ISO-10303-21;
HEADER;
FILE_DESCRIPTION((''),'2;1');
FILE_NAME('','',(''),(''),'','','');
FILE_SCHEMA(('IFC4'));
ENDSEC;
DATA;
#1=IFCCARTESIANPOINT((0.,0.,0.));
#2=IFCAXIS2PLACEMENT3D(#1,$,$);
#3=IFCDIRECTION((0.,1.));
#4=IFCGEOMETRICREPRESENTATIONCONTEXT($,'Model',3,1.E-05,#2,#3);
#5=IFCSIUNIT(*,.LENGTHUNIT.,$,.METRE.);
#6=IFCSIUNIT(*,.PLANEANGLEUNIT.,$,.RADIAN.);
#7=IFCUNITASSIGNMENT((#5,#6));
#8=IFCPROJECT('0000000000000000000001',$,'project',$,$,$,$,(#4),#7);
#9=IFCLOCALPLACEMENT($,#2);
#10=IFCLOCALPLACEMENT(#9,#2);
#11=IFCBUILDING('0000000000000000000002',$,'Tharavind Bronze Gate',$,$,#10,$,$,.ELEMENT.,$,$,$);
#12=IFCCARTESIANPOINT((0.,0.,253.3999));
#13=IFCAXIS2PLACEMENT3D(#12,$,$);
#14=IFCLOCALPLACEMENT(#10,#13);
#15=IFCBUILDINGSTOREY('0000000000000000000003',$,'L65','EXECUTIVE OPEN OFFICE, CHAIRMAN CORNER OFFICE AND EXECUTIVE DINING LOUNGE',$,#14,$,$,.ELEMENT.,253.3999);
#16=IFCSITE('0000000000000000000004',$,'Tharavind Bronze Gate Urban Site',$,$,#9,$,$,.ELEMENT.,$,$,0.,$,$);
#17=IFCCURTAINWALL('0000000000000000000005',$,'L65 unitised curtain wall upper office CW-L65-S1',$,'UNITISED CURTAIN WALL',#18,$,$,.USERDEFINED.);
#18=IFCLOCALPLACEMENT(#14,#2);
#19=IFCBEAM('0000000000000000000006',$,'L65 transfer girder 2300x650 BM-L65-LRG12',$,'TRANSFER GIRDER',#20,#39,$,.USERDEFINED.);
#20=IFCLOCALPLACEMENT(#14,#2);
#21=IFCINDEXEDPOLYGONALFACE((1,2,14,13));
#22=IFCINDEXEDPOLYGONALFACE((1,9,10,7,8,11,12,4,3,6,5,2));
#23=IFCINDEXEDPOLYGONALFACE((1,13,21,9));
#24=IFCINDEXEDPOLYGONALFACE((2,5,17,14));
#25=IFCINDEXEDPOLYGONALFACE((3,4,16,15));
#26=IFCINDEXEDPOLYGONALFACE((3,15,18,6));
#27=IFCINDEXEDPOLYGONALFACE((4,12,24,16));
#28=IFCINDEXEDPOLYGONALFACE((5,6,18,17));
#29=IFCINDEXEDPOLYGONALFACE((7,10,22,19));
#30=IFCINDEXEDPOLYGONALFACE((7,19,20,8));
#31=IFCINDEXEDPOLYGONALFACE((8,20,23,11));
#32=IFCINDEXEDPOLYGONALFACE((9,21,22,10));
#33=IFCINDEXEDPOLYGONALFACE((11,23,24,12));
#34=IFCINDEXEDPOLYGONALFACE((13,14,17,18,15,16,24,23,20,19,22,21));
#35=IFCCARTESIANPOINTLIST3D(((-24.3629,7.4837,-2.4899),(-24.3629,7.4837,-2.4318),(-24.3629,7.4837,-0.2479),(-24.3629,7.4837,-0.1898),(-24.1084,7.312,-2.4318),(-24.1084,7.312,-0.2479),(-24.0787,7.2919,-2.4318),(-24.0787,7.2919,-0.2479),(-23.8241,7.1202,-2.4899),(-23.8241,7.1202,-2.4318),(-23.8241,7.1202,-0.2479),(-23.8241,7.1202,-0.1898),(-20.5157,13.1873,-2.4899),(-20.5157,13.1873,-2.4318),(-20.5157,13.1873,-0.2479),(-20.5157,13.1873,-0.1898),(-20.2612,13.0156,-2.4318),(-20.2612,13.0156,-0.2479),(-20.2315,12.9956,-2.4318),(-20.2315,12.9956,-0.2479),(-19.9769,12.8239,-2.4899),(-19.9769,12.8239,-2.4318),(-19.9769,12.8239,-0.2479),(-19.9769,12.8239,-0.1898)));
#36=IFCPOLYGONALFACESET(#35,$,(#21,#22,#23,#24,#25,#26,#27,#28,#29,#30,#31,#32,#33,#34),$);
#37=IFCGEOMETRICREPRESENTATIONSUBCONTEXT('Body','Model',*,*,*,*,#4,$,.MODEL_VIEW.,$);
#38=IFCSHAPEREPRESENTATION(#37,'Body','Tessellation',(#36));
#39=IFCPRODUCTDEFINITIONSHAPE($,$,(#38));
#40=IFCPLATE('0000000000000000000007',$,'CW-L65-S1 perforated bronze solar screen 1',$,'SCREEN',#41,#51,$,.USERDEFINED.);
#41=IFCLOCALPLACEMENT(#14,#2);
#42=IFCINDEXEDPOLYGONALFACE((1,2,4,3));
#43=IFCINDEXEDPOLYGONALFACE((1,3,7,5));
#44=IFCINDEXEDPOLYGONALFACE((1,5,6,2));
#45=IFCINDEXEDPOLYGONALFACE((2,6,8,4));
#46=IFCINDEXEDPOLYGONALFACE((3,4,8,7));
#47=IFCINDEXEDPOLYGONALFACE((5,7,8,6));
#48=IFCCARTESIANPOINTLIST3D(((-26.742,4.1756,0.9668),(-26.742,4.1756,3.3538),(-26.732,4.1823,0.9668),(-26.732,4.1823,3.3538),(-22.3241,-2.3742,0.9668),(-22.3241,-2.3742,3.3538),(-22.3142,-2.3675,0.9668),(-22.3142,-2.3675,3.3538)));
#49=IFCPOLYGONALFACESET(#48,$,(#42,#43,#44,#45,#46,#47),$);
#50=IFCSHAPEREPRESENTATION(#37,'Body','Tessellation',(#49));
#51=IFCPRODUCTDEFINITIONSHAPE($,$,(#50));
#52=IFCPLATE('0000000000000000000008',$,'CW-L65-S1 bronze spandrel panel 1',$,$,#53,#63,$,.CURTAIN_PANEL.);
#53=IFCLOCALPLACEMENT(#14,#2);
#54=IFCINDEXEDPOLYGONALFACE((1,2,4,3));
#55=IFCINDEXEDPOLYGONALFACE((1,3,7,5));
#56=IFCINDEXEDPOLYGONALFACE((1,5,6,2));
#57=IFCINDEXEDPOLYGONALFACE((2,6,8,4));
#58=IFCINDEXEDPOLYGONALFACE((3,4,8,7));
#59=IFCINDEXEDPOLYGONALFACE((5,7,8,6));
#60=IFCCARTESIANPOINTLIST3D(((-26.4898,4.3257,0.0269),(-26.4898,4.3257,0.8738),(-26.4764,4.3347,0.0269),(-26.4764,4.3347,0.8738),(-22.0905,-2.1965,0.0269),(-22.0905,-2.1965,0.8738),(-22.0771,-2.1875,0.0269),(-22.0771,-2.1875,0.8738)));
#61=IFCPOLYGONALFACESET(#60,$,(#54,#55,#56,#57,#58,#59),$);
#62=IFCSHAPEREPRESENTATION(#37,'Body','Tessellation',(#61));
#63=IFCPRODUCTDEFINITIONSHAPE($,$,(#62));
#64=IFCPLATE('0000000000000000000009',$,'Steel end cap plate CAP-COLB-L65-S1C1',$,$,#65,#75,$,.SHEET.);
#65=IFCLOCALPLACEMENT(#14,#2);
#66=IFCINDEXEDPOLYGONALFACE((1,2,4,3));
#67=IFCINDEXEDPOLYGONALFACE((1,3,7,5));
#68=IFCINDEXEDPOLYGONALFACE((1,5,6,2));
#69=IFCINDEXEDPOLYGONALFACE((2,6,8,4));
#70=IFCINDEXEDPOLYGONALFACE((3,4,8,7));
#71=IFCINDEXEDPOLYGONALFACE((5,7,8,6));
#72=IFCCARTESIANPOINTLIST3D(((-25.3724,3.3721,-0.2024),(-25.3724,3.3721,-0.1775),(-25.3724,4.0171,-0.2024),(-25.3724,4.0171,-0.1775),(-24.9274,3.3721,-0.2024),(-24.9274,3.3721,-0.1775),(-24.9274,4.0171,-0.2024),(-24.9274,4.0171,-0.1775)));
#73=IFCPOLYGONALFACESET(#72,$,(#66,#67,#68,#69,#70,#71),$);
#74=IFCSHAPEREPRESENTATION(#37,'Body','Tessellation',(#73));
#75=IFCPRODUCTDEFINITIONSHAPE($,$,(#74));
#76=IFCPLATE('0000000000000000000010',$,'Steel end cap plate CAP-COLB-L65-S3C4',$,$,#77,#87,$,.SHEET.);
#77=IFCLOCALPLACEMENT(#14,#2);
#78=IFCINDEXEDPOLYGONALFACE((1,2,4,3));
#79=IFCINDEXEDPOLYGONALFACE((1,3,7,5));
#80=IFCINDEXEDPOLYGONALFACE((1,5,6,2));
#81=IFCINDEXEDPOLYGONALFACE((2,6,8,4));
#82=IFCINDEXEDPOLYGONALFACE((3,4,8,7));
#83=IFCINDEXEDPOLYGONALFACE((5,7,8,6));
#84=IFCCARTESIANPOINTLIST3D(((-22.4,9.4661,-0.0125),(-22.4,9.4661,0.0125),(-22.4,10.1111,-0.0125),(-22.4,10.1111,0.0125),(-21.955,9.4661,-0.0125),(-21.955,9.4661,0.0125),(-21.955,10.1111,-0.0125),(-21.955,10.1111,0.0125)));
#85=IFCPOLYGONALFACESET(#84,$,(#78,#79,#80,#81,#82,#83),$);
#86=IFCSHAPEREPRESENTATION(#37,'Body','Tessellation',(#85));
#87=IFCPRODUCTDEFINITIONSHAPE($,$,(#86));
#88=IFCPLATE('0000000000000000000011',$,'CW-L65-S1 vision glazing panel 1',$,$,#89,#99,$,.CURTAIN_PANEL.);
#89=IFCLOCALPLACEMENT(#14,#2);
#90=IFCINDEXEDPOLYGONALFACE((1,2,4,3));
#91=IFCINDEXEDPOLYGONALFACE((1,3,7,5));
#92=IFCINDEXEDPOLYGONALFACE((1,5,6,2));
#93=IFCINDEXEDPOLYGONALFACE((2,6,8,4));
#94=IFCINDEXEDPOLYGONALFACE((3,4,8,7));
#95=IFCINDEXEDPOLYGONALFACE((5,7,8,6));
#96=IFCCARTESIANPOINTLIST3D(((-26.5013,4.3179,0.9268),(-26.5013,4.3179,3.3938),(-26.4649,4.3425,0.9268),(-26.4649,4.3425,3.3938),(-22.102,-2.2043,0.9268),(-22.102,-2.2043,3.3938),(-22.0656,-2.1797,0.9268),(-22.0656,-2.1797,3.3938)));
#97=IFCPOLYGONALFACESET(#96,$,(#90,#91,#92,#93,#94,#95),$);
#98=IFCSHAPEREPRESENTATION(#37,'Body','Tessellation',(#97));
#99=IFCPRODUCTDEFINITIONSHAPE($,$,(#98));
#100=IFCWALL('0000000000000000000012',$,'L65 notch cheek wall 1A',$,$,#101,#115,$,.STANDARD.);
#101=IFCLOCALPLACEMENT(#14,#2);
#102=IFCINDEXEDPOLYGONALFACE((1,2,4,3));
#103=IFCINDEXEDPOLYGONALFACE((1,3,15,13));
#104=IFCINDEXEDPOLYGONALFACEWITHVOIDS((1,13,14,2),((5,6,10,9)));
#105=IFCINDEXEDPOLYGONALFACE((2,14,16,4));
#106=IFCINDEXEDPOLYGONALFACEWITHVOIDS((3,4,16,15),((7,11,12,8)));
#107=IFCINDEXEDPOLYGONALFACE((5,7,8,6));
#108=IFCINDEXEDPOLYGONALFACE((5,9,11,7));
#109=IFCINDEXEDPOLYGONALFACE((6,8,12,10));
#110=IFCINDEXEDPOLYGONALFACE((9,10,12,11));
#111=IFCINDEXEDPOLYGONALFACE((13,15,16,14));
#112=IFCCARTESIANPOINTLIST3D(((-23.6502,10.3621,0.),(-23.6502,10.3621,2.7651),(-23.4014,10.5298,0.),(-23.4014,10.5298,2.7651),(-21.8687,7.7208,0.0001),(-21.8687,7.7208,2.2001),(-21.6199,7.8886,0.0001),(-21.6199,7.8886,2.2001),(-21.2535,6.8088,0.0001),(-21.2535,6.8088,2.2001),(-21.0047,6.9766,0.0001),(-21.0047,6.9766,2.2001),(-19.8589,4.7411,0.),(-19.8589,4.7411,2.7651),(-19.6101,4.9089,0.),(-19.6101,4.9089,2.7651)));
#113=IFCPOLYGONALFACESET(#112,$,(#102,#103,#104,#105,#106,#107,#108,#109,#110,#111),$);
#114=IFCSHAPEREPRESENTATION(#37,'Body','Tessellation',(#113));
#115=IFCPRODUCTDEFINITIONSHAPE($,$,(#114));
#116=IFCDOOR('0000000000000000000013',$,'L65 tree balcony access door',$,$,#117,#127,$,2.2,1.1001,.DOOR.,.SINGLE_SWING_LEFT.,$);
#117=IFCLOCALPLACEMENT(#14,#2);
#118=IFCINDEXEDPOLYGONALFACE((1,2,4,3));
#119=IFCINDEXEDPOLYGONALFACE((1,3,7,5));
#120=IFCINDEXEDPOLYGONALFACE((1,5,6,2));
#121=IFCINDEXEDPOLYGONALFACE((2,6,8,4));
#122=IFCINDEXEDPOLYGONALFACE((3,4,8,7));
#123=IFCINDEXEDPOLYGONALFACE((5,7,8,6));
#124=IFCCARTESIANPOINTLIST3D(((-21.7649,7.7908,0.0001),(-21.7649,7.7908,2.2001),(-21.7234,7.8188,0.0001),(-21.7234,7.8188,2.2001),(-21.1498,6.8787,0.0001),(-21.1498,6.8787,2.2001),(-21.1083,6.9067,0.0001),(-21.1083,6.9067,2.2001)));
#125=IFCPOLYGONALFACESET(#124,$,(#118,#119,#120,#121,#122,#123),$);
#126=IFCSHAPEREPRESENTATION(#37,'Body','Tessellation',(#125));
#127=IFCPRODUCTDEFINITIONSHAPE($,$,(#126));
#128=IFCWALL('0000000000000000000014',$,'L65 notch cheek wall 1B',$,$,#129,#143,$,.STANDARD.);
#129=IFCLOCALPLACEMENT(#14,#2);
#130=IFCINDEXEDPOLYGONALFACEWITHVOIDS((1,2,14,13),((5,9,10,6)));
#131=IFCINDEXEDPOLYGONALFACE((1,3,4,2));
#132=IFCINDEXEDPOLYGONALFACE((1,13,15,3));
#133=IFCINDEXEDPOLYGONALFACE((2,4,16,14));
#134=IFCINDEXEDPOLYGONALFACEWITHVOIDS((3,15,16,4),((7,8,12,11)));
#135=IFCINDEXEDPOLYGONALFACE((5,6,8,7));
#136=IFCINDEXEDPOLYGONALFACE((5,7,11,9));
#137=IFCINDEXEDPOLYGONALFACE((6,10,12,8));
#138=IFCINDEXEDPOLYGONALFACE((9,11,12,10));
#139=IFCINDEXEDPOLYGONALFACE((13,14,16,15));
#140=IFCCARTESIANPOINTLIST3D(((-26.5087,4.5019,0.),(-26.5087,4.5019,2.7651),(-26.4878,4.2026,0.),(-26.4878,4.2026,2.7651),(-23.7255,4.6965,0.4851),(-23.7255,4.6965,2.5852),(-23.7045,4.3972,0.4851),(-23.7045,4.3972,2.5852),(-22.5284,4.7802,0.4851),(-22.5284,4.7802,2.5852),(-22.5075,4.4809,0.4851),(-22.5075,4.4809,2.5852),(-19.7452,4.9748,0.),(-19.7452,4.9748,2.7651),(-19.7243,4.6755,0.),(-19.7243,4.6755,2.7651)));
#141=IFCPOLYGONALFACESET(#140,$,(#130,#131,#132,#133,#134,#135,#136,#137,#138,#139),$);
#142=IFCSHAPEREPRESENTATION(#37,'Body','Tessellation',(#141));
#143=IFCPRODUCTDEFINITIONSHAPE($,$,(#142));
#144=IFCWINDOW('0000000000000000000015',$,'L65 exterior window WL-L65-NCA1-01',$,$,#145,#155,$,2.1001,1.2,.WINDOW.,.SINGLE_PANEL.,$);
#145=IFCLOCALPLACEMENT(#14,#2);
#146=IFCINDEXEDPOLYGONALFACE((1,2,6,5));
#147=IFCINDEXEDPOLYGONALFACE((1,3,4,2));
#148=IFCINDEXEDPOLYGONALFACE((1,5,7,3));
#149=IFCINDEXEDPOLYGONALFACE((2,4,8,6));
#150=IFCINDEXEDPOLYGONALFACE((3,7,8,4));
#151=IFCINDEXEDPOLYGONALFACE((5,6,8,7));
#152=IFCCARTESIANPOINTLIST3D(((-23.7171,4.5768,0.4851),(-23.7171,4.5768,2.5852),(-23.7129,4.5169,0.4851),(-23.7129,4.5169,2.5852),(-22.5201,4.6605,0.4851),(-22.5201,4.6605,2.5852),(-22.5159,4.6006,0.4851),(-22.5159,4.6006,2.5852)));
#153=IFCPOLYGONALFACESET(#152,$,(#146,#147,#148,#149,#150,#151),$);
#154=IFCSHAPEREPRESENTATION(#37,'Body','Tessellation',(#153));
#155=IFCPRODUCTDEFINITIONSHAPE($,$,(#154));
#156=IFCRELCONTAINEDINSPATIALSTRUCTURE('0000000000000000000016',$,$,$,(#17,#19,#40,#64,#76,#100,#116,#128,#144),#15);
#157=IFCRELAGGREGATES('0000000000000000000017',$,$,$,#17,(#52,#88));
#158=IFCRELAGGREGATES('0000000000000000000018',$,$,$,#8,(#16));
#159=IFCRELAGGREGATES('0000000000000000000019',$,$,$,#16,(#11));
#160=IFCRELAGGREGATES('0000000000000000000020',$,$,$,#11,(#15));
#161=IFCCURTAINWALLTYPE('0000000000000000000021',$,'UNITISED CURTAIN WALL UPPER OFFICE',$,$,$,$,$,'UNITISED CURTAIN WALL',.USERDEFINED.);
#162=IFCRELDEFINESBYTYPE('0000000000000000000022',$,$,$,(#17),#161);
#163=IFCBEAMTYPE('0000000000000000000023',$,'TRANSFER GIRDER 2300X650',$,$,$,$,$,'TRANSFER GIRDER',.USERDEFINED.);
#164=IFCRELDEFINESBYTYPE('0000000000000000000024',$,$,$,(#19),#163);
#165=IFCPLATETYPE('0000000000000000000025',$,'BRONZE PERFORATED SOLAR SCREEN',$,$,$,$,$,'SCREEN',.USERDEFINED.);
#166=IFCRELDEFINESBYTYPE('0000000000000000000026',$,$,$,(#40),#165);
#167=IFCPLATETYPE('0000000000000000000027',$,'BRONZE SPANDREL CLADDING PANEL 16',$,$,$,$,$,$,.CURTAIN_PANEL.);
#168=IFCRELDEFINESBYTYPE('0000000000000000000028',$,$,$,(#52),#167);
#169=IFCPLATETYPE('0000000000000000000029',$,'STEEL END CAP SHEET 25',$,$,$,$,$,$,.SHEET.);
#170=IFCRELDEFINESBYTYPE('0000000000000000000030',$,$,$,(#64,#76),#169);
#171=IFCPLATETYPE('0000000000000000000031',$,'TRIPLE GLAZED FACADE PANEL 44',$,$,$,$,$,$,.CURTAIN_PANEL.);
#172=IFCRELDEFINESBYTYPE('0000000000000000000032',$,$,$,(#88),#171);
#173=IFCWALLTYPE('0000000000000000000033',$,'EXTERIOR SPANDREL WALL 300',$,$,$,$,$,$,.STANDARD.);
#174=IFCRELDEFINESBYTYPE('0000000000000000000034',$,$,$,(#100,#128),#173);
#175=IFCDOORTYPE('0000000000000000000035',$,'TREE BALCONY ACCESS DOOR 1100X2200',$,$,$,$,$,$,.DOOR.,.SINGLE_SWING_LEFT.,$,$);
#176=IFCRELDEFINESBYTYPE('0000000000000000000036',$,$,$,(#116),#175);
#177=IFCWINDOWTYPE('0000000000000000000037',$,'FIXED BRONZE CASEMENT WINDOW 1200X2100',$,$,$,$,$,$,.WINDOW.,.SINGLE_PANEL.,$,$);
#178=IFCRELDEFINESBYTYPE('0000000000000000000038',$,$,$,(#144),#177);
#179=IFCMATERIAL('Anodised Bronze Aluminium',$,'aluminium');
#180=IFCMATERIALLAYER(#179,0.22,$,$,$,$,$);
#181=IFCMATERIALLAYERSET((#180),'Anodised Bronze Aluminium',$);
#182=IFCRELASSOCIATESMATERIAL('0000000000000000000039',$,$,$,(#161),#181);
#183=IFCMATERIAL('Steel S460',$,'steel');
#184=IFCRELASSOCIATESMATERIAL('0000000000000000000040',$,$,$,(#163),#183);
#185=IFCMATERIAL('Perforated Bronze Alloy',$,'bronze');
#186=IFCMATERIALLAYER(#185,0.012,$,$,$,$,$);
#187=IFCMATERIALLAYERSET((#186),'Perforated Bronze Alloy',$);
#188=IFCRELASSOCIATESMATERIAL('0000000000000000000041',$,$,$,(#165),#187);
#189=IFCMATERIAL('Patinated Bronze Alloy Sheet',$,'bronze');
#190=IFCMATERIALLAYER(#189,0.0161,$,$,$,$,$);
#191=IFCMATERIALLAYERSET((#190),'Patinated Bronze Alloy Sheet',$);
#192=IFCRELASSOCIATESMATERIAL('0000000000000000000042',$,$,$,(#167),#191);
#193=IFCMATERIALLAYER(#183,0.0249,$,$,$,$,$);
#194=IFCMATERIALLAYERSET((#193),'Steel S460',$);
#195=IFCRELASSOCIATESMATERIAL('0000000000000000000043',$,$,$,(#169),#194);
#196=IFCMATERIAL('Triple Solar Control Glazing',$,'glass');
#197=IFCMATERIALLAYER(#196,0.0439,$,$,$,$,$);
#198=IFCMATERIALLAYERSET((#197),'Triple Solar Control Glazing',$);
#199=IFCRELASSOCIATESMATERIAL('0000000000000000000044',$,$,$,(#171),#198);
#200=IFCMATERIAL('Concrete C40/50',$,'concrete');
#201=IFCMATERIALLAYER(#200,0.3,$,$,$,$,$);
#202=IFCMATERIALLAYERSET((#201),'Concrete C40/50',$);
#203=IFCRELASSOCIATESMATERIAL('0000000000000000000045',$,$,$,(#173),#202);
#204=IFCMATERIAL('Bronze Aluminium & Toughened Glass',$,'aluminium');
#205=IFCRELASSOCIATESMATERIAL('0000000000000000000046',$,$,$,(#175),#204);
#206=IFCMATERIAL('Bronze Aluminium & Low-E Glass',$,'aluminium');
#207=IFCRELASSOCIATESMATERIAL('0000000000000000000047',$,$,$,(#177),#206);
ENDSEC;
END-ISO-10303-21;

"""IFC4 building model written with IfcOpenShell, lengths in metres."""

from ifc_helpers import new_model, si_unit, direction, frame, frame_2d, origin, origin_2d, place, context, subcontext, project, spatial, rectangle, i_section, extrude, material, layer, layer_set, material_profile, profile_set, type_object, element, fill, aggregate, save


model = new_model("IFC4")

# Units and contexts
model_context = context("Model", 3, precision=1e-05, world=origin(), true_north=direction((0.0, 1.0)))
body_context = subcontext(model_context, "Body", "Model", "MODEL_VIEW")
ifc_project = project(units=[si_unit("LENGTHUNIT", "METRE"), si_unit("PLANEANGLEUNIT", "RADIAN")], contexts=[model_context])

# Site, building, storey
site_placement = place(None, origin())
site = spatial("IfcSite", under=ifc_project, at=site_placement, Name="Tharavind Bronze Gate Urban Site", CompositionType="ELEMENT", RefElevation=0.0)
building_placement = place(site_placement, origin())
building = spatial("IfcBuilding", under=site, at=building_placement, Name="Tharavind Bronze Gate", CompositionType="ELEMENT")
storey_placement = place(building_placement, frame((0.0, 0.0, 253.3999)))
storey = spatial("IfcBuildingStorey", under=building, at=storey_placement, Name="L65", Description="EXECUTIVE OPEN OFFICE, CHAIRMAN CORNER OFFICE AND EXECUTIVE DINING LOUNGE", CompositionType="ELEMENT", Elevation=253.3999)

# Shared definitions
ifc_material_1 = material(Name="Steel S460", Category="steel")

# Curtain wall
ifc_material_2 = material(Name="Anodised Bronze Aluminium", Category="aluminium")
ifc_layer_1 = layer(ifc_material_2, 0.22)
ifc_layer_set_1 = layer_set([ifc_layer_1], Name="Anodised Bronze Aluminium")
curtain_wall_type = type_object("IfcCurtainWallType", Name="UNITISED CURTAIN WALL UPPER OFFICE", ElementType="UNITISED CURTAIN WALL", PredefinedType="USERDEFINED", material=ifc_layer_set_1)
curtain_wall_1_placement = place(storey_placement, origin())
curtain_wall_1 = element("IfcCurtainWall", 1, at=curtain_wall_1_placement, inside=storey, type_object=curtain_wall_type, Name="L65 unitised curtain wall upper office CW-L65-S1", ObjectType="UNITISED CURTAIN WALL", PredefinedType="USERDEFINED")

# Beam
ifc_material_profile_1 = material_profile(ifc_material_1, i_section(OverallWidth=0.6499, OverallDepth=2.3, WebThickness=0.0359, FlangeThickness=0.0581, at=origin_2d()), Name="PG2300X650")
ifc_profile_set_1 = profile_set([ifc_material_profile_1], Name="Steel S460")
beam_type_1 = type_object("IfcBeamType", Name="TRANSFER GIRDER 2300X650", ElementType="TRANSFER GIRDER", PredefinedType="USERDEFINED", material=ifc_profile_set_1)
beam_1_placement = place(storey_placement, frame((-20.2463, 13.0056, -1.3398), z_axis=(-0.559196, -0.829035, 0.0), x_axis=(0.829035, -0.559196, 0.0)))
element("IfcBeam", 2, at=beam_1_placement, inside=storey, type_object=beam_type_1, Name="L65 transfer girder 2300x650 BM-L65-LRG12", ObjectType="TRANSFER GIRDER", PredefinedType="USERDEFINED", context=body_context, shape_type="SweptSolid", body=[
    extrude(i_section(OverallWidth=0.6499, OverallDepth=2.3, WebThickness=0.0359, FlangeThickness=0.0581, at=origin_2d()), origin(), (0.0, 0.0, 1.0), 6.8799),
])

# Plates
ifc_material_3 = material(Name="Perforated Bronze Alloy", Category="bronze")
ifc_layer_2 = layer(ifc_material_3, 0.012)
ifc_layer_set_2 = layer_set([ifc_layer_2], Name="Perforated Bronze Alloy")
plate_type_1 = type_object("IfcPlateType", Name="BRONZE PERFORATED SOLAR SCREEN", ElementType="SCREEN", PredefinedType="USERDEFINED", material=ifc_layer_set_2)
plate_1_placement = place(storey_placement, frame((-24.5281, 0.9041, 0.9668), z_axis=(0.0, 0.0, 1.0), x_axis=(0.559191, -0.829039, 0.0)))
element("IfcPlate", 3, at=plate_1_placement, inside=storey, type_object=plate_type_1, Name="CW-L65-S1 perforated bronze solar screen 1", ObjectType="SCREEN", PredefinedType="USERDEFINED", context=body_context, shape_type="SweptSolid", body=[
    extrude(rectangle(XDim=7.9004, YDim=0.012, at=origin_2d()), origin(), (0.0, 0.0, 1.0), 2.387),
])
ifc_material_4 = material(Name="Patinated Bronze Alloy Sheet", Category="bronze")
ifc_layer_3 = layer(ifc_material_4, 0.0161)
ifc_layer_set_3 = layer_set([ifc_layer_3], Name="Patinated Bronze Alloy Sheet")
plate_type_2 = type_object("IfcPlateType", Name="BRONZE SPANDREL CLADDING PANEL 16", PredefinedType="CURTAIN_PANEL", material=ifc_layer_set_3)
plate_2_placement = place(storey_placement, frame((-24.2834, 1.0691, 0.0269), z_axis=(0.0, 0.0, 1.0), x_axis=(0.559191, -0.829039, 0.0)))
plate_2 = element("IfcPlate", 4, at=plate_2_placement, type_object=plate_type_2, Name="CW-L65-S1 bronze spandrel panel 1", PredefinedType="CURTAIN_PANEL", context=body_context, shape_type="SweptSolid", body=[
    extrude(rectangle(XDim=7.8672, YDim=0.0161, at=origin_2d()), origin(), (0.0, 0.0, 1.0), 0.8469),
])

# Plates
ifc_layer_4 = layer(ifc_material_1, 0.0249)
ifc_layer_set_4 = layer_set([ifc_layer_4], Name="Steel S460")
plate_type_3 = type_object("IfcPlateType", Name="STEEL END CAP SHEET 25", PredefinedType="SHEET", material=ifc_layer_set_4)
for number, where, z_axis, x_axis, name in (
    (5, (-25.1499, 3.6946, -0.2024), (0.0, 0.0, 1.0), (1.0, 0.0, 0.0), "Steel end cap plate CAP-COLB-L65-S1C1"),
    (6, (-22.1775, 9.7886, -0.0125), (0.0, 0.0, 1.0), (1.0, 0.0, 0.0), "Steel end cap plate CAP-COLB-L65-S3C4"),
):
    element("IfcPlate", number, at=place(storey_placement, frame(where, z_axis=z_axis, x_axis=x_axis)), inside=storey, type_object=plate_type_3, Name=name, PredefinedType="SHEET", context=body_context, shape_type="SweptSolid", body=[
        extrude(rectangle(XDim=0.4451, YDim=0.645, at=origin_2d()), origin(), (0.0, 0.0, 1.0), 0.0249),
    ])

# Plate
ifc_material_5 = material(Name="Triple Solar Control Glazing", Category="glass")
ifc_layer_5 = layer(ifc_material_5, 0.0439)
ifc_layer_set_5 = layer_set([ifc_layer_5], Name="Triple Solar Control Glazing")
plate_type_4 = type_object("IfcPlateType", Name="TRIPLE GLAZED FACADE PANEL 44", PredefinedType="CURTAIN_PANEL", material=ifc_layer_set_5)
plate_3_placement = place(storey_placement, frame((-24.2834, 1.0691, 0.9268), z_axis=(0.0, 0.0, 1.0), x_axis=(0.559191, -0.829039, 0.0)))
plate_3 = element("IfcPlate", 7, at=plate_3_placement, type_object=plate_type_4, Name="CW-L65-S1 vision glazing panel 1", PredefinedType="CURTAIN_PANEL", context=body_context, shape_type="SweptSolid", body=[
    extrude(rectangle(XDim=7.8672, YDim=0.0439, at=origin_2d()), origin(), (0.0, 0.0, 1.0), 2.467),
])
aggregate(curtain_wall_1, [plate_2, plate_3])

# Wall, opening, door
ifc_material_6 = material(Name="Concrete C40/50", Category="concrete")
ifc_layer_6 = layer(ifc_material_6, 0.3)
ifc_layer_set_6 = layer_set([ifc_layer_6], Name="Concrete C40/50")
wall_type = type_object("IfcWallType", Name="EXTERIOR SPANDREL WALL 300", PredefinedType="STANDARD", material=ifc_layer_set_6)
wall_1_placement = place(storey_placement, frame((-23.5259, 10.446, 0.0), z_axis=(0.0, 0.0, 1.0), x_axis=(0.559188, -0.829041, 0.0)))
wall_1 = element("IfcWall", 8, at=wall_1_placement, inside=storey, type_object=wall_type, Name="L65 notch cheek wall 1A", PredefinedType="STANDARD", context=body_context, shape_type="SweptSolid", body=[
    extrude(rectangle(XDim=6.78, YDim=0.3, at=frame_2d((3.3901, 0.0))), origin(), (0.0, 0.0, 1.0), 2.7651),
])
opening_1_placement = place(wall_1_placement, frame((3.186, 0.0, 0.0)))
opening_1 = element("IfcOpeningElement", 9, at=opening_1_placement, cuts=wall_1, PredefinedType="OPENING", context=body_context, shape_type="SweptSolid", body=[
    extrude(rectangle(XDim=1.1001, YDim=2.2, at=frame_2d((0.55, 1.1001))), frame((0.0, 0.1599, 0.0), z_axis=(0.0, -1.0, 0.0), x_axis=(1.0, 0.0, 0.0)), (0.0, 0.0, 1.0), 0.32),
])
ifc_material_7 = material(Name="Bronze Aluminium & Toughened Glass", Category="aluminium")
door_type = type_object("IfcDoorType", Name="TREE BALCONY ACCESS DOOR 1100X2200", OperationType="SINGLE_SWING_LEFT", PredefinedType="DOOR", material=ifc_material_7)
door_placement = place(opening_1_placement, frame((1.1001, 0.0, 0.0), z_axis=(0.0, 0.0, 1.0), x_axis=(-1.0, 0.0, 0.0)))
door = element("IfcDoor", 10, at=door_placement, inside=storey, type_object=door_type, Name="L65 tree balcony access door", OperationType="SINGLE_SWING_LEFT", OverallHeight=2.2, OverallWidth=1.1001, PredefinedType="DOOR", context=body_context, shape_type="SweptSolid", body=[
    extrude(rectangle(XDim=1.1001, YDim=2.2, at=frame_2d((0.55, 1.1001))), frame((0.0, 0.0249, 0.0), z_axis=(0.0, -1.0, 0.0), x_axis=(1.0, 0.0, 0.0)), (0.0, 0.0, 1.0), 0.05),
])
fill(opening_1, door)

# Wall, opening, window
wall_2_placement = place(storey_placement, frame((-19.7346, 4.8252, 0.0), z_axis=(0.0, 0.0, 1.0), x_axis=(-0.997565, -0.06975, 0.0)))
wall_2 = element("IfcWall", 11, at=wall_2_placement, inside=storey, type_object=wall_type, Name="L65 notch cheek wall 1B", PredefinedType="STANDARD", context=body_context, shape_type="SweptSolid", body=[
    extrude(rectangle(XDim=6.78, YDim=0.3, at=frame_2d((3.3901, 0.0))), origin(), (0.0, 0.0, 1.0), 2.7651),
])
opening_2_placement = place(wall_2_placement, frame((2.79, 0.0, 0.4851)))
opening_2 = element("IfcOpeningElement", 12, at=opening_2_placement, cuts=wall_2, PredefinedType="OPENING", context=body_context, shape_type="SweptSolid", body=[
    extrude(rectangle(XDim=1.2, YDim=2.1001, at=frame_2d((0.6001, 1.05))), frame((0.0, 0.1599, 0.0), z_axis=(0.0, -1.0, 0.0), x_axis=(1.0, 0.0, 0.0)), (0.0, 0.0, 1.0), 0.32),
])
ifc_material_8 = material(Name="Bronze Aluminium & Low-E Glass", Category="aluminium")
window_type = type_object("IfcWindowType", Name="FIXED BRONZE CASEMENT WINDOW 1200X2100", PartitioningType="SINGLE_PANEL", PredefinedType="WINDOW", material=ifc_material_8)
window_placement = place(opening_2_placement, origin())
window = element("IfcWindow", 13, at=window_placement, inside=storey, type_object=window_type, Name="L65 exterior window WL-L65-NCA1-01", OverallHeight=2.1001, OverallWidth=1.2, PartitioningType="SINGLE_PANEL", PredefinedType="WINDOW", context=body_context, shape_type="SweptSolid", body=[
    extrude(rectangle(XDim=1.2, YDim=2.1001, at=frame_2d((0.6001, 1.05))), frame((0.0, 0.03, 0.0), z_axis=(0.0, -1.0, 0.0), x_axis=(1.0, 0.0, 0.0)), (0.0, 0.0, 1.0), 0.0601),
])
fill(opening_2, window)

save(model, "model.ifc")
